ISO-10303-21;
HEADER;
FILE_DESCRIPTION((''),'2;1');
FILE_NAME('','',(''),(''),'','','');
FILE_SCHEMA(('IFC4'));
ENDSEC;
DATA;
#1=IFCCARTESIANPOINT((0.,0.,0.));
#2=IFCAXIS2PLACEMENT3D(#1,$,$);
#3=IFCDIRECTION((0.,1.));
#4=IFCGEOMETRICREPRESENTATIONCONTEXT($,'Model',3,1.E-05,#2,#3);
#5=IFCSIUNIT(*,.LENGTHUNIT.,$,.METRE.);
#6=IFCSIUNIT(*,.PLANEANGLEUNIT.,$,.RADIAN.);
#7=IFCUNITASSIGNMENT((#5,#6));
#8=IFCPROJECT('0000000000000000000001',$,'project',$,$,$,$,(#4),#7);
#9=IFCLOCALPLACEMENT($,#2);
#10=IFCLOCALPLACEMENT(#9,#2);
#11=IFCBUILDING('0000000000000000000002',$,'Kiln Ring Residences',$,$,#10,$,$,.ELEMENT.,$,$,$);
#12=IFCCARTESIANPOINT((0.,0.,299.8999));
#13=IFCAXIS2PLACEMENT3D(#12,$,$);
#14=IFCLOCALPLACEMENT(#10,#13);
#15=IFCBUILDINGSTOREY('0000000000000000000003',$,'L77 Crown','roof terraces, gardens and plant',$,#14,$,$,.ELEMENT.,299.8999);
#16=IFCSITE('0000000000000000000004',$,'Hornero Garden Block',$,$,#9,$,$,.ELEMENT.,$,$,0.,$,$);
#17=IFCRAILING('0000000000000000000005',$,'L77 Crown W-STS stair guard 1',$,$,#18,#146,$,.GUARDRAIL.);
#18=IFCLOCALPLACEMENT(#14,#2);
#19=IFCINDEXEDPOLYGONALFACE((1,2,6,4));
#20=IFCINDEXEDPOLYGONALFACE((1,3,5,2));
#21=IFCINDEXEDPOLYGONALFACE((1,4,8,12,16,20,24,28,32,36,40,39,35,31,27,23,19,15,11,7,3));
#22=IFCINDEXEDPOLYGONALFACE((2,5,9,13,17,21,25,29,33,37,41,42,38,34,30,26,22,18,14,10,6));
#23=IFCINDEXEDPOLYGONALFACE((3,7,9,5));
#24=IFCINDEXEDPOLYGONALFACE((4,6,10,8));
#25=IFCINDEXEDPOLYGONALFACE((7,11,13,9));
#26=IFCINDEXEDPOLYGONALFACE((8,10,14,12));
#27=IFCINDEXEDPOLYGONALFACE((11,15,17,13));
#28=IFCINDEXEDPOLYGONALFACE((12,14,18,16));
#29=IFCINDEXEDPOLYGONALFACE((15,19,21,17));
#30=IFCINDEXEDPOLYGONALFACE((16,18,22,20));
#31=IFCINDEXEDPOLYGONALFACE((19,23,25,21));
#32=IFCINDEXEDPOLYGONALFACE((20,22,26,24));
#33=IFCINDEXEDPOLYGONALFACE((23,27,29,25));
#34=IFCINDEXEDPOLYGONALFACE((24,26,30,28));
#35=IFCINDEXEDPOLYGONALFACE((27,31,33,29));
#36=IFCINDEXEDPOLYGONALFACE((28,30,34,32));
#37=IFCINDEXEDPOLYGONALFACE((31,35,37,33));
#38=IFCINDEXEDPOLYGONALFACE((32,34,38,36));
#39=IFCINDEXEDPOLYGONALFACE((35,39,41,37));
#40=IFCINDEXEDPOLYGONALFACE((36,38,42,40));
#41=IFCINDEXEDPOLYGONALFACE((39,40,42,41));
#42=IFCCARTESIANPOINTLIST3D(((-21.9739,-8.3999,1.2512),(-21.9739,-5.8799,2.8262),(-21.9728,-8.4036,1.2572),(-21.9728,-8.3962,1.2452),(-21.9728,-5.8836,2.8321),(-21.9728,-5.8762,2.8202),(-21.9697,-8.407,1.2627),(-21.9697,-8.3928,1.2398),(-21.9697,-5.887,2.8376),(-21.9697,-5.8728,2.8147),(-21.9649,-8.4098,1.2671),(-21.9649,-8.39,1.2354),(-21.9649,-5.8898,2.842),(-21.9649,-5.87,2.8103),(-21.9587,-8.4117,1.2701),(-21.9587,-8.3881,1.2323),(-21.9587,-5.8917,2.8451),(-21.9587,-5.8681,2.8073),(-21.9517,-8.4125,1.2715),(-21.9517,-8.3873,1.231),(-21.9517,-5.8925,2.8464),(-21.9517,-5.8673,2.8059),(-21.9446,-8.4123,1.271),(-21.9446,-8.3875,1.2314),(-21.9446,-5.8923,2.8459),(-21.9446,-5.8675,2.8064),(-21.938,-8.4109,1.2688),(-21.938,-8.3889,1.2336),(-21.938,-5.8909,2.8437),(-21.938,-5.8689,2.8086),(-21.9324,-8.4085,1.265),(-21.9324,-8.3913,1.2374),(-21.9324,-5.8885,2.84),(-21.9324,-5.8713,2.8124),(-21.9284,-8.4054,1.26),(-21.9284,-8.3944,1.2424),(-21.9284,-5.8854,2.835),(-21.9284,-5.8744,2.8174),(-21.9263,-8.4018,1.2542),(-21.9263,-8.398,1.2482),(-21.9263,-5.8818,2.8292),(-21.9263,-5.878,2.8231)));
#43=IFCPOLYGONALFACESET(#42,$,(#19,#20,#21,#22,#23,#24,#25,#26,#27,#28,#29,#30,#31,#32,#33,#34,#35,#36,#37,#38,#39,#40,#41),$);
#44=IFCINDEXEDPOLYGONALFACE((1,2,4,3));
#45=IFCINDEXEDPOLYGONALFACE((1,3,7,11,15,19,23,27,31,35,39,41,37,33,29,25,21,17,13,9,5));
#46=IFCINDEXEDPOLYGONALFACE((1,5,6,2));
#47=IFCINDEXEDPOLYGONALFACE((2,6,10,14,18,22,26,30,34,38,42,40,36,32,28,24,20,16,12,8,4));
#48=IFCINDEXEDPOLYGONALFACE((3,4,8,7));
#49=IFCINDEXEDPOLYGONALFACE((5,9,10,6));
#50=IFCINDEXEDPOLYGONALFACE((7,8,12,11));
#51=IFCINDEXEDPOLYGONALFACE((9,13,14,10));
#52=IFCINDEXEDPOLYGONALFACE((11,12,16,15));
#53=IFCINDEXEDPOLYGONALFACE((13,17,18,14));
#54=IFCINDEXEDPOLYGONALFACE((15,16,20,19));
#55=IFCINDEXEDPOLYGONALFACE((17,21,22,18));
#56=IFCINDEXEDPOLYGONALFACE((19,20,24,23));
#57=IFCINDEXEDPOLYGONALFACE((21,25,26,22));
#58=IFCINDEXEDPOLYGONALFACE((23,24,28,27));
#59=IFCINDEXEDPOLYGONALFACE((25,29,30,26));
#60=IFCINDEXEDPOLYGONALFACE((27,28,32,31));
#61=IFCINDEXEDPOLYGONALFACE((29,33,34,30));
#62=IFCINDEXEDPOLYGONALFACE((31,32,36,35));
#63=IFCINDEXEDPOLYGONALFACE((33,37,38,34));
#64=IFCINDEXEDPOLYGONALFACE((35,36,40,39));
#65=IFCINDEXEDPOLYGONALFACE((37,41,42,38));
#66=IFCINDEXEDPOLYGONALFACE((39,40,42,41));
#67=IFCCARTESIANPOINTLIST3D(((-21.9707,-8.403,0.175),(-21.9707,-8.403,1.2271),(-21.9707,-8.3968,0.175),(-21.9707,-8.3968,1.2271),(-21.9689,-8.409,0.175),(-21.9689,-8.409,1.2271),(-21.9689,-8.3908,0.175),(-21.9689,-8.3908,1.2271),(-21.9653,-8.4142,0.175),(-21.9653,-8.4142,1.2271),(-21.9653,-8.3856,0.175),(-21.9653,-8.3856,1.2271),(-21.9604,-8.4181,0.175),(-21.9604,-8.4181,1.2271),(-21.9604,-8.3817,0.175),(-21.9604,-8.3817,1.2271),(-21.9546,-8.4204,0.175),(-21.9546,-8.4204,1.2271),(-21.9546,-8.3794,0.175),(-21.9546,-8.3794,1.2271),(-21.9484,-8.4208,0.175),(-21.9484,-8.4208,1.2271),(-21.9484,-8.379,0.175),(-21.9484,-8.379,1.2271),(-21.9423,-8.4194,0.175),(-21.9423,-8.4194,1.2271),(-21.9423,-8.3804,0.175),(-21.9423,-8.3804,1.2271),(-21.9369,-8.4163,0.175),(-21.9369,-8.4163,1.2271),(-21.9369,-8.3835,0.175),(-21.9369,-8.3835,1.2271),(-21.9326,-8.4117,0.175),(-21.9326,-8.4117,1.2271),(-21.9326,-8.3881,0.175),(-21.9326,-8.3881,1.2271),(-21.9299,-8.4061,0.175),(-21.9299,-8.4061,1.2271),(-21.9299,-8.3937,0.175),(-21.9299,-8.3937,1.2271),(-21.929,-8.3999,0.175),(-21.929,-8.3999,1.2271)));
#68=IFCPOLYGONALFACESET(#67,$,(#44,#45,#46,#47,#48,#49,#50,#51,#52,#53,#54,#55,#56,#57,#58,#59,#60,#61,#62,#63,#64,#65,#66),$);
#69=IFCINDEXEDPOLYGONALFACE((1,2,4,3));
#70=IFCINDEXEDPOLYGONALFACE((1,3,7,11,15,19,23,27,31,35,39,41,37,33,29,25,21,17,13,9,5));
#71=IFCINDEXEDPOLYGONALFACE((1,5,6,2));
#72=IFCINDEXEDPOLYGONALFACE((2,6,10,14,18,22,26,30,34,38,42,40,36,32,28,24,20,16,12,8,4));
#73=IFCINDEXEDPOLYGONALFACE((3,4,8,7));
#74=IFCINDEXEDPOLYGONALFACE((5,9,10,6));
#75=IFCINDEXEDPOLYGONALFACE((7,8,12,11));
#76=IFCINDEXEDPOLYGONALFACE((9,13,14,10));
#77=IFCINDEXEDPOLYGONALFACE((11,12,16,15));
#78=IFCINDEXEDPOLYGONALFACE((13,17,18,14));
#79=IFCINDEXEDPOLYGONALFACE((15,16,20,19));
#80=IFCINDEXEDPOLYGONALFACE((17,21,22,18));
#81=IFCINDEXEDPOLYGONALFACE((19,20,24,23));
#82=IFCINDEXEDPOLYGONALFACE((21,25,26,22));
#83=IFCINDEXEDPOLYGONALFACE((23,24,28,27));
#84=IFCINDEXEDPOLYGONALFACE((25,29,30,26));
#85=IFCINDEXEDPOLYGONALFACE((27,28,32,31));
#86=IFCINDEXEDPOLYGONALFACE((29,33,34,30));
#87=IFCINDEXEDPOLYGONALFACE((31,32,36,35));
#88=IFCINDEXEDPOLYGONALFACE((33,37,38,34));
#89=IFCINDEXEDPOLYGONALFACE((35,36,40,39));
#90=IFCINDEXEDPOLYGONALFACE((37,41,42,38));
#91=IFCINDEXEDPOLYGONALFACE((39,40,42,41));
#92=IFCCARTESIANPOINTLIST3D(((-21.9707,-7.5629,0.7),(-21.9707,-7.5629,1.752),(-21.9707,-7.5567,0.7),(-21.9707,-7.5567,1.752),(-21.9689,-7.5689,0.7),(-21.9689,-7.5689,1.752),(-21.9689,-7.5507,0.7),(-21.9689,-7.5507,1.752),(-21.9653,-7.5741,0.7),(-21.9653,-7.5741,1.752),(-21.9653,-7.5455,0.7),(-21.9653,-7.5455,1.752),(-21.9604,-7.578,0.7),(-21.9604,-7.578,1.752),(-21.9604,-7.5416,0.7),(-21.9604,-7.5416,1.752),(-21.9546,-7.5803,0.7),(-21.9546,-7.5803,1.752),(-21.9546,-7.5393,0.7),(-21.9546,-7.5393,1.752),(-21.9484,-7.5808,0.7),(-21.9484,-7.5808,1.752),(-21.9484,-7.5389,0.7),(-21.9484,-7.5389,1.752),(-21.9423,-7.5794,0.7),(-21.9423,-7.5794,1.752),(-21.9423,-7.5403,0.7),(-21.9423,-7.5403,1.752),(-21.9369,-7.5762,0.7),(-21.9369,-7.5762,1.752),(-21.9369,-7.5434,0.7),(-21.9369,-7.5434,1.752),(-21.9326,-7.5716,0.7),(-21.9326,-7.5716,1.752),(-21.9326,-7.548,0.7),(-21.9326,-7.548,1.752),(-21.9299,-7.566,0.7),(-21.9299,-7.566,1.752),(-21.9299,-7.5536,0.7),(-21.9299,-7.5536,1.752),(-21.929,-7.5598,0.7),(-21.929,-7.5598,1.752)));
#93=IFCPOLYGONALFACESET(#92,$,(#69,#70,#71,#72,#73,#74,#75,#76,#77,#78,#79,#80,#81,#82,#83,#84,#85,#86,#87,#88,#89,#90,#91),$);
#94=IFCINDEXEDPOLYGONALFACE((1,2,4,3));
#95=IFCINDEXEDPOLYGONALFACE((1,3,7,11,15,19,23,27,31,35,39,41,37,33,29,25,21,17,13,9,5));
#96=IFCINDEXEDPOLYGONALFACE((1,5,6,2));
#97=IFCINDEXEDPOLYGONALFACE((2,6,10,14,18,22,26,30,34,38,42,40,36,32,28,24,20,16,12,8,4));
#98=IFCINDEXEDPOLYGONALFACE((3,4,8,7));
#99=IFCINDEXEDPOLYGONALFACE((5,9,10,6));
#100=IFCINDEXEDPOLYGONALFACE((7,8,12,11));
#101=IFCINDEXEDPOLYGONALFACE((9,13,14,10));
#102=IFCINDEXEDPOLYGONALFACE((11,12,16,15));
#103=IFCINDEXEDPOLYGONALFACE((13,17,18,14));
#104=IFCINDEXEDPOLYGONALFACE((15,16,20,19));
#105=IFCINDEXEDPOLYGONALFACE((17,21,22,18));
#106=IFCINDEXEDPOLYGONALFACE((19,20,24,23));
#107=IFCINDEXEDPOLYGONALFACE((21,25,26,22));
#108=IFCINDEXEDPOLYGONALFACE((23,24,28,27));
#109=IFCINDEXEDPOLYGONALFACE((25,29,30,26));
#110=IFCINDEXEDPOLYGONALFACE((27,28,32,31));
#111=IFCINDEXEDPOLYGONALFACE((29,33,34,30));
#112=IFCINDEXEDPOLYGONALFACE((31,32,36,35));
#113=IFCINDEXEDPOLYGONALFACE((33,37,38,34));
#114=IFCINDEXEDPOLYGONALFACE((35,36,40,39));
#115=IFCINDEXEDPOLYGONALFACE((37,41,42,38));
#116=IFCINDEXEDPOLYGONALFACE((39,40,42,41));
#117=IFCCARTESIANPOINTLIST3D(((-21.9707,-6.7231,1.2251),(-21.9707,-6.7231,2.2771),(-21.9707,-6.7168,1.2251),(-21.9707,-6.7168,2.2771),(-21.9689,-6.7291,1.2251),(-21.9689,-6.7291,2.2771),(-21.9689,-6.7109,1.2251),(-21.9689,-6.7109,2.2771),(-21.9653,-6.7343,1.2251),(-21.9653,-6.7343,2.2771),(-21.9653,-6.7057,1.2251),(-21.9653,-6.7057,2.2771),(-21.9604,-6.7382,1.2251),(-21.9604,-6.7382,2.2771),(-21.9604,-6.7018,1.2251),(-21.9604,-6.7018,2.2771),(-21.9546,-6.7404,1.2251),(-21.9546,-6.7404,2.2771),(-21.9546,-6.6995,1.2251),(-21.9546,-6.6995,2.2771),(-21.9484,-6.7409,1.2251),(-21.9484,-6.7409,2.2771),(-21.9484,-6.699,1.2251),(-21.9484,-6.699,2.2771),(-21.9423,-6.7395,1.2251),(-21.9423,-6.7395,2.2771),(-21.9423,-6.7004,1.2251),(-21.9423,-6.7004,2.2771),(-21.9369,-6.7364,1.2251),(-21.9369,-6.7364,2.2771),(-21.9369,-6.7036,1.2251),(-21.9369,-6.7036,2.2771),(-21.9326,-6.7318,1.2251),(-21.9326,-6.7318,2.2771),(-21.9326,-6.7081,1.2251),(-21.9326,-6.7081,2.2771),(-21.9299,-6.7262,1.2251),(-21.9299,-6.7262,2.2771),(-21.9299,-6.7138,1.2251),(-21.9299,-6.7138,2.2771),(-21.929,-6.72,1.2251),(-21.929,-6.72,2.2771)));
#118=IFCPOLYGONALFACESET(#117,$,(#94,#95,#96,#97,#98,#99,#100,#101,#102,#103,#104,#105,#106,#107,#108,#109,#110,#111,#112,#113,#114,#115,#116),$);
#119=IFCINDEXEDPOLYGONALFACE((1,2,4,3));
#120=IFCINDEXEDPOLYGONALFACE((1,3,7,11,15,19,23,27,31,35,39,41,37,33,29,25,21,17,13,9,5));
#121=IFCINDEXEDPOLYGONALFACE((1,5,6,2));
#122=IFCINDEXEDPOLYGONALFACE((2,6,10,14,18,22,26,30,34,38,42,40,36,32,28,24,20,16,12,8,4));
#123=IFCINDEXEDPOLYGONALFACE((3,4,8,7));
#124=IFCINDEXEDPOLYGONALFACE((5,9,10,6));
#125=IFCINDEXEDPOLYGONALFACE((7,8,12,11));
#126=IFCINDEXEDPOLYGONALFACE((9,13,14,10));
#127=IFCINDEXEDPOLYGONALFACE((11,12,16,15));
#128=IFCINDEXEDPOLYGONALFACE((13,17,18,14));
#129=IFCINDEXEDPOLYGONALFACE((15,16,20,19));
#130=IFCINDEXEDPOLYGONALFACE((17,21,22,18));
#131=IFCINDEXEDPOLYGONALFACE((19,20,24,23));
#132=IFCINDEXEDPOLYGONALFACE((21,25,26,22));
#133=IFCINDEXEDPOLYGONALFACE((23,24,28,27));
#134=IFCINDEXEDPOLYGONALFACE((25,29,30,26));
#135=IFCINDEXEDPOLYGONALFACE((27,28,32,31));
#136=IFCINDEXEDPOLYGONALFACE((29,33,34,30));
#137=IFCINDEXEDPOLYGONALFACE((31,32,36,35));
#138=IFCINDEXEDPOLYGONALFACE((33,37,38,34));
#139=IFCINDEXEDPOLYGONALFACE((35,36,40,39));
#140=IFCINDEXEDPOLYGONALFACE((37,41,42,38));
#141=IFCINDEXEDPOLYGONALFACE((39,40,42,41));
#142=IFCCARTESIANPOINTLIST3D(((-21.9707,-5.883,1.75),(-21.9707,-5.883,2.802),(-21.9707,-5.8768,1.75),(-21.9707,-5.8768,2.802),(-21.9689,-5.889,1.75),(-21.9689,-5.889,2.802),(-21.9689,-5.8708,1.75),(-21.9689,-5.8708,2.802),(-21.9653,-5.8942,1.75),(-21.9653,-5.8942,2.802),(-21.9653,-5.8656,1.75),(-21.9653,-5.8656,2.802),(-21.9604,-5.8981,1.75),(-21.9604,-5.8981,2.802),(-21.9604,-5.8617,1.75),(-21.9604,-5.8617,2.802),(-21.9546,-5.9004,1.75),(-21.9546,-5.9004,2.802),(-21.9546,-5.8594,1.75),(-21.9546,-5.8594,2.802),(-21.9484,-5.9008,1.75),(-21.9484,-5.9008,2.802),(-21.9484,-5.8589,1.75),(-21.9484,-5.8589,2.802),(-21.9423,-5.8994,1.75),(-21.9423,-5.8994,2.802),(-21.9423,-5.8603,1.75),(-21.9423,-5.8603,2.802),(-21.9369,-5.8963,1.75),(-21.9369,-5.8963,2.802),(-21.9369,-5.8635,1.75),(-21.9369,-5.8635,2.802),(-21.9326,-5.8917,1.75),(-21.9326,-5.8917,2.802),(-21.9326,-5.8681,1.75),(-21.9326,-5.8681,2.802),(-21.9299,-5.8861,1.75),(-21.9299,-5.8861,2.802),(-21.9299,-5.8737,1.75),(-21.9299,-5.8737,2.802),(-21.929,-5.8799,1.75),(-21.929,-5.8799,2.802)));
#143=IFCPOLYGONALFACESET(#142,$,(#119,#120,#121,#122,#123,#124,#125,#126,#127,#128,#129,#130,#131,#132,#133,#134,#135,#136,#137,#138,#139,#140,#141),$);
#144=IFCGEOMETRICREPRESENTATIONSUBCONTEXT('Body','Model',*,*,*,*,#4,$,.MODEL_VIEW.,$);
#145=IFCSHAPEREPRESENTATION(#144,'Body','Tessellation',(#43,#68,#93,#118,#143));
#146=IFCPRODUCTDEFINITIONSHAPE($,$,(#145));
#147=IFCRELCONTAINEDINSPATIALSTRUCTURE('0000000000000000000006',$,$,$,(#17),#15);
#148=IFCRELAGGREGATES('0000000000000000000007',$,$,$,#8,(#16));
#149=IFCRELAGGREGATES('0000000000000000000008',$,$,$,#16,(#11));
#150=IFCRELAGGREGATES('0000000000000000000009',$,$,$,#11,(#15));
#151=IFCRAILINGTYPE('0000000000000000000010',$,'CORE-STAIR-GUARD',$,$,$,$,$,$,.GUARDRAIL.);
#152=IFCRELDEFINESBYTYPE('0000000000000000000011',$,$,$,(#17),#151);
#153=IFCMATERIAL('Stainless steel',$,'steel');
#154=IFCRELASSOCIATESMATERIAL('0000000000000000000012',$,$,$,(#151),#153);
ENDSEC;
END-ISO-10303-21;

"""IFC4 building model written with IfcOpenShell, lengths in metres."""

from ifc_helpers import new_model, si_unit, direction, frame, origin, origin_2d, place, context, subcontext, project, spatial, circle, extrude, material, type_object, element, save


model = new_model("IFC4")

# Units and contexts
model_context = context("Model", 3, precision=1e-05, world=origin(), true_north=direction((0.0, 1.0)))
body_context = subcontext(model_context, "Body", "Model", "MODEL_VIEW")
ifc_project = project(units=[si_unit("LENGTHUNIT", "METRE"), si_unit("PLANEANGLEUNIT", "RADIAN")], contexts=[model_context])

# Site, building, storey
site_placement = place(None, origin())
site = spatial("IfcSite", under=ifc_project, at=site_placement, Name="Hornero Garden Block", CompositionType="ELEMENT", RefElevation=0.0)
building_placement = place(site_placement, origin())
building = spatial("IfcBuilding", under=site, at=building_placement, Name="Kiln Ring Residences", CompositionType="ELEMENT")
storey_placement = place(building_placement, frame((0.0, 0.0, 299.8999)))
storey = spatial("IfcBuildingStorey", under=building, at=storey_placement, Name="L77 Crown", Description="roof terraces, gardens and plant", CompositionType="ELEMENT", Elevation=299.8999)

# Railing
ifc_material_1 = material(Name="Stainless steel", Category="steel")
railing_type_1 = type_object("IfcRailingType", Name="CORE-STAIR-GUARD", PredefinedType="GUARDRAIL", material=ifc_material_1)
railing_1_placement = place(storey_placement, frame((-21.95, -8.3999, 0.175)))
element("IfcRailing", 1, at=railing_1_placement, inside=storey, type_object=railing_type_1, Name="L77 Crown W-STS stair guard 1", PredefinedType="GUARDRAIL", context=body_context, shape_type="SweptSolid", body=[
    extrude(circle(Radius=0.0239, at=origin_2d()), frame((0.0, 0.0, 1.0762), z_axis=(0.0, 0.848008, 0.529984), x_axis=(-1.0, 0.0, 0.0)), (0.0, 0.0, 1.0), 2.9717),
    extrude(circle(Radius=0.021, at=origin_2d()), origin(), (0.0, 0.0, 1.0), 1.052),
    extrude(circle(Radius=0.021, at=origin_2d()), frame((0.0, 0.8401, 0.5249)), (0.0, 0.0, 1.0), 1.052),
    extrude(circle(Radius=0.021, at=origin_2d()), frame((0.0, 1.6799, 1.05)), (0.0, 0.0, 1.0), 1.052),
    extrude(circle(Radius=0.021, at=origin_2d()), frame((0.0, 2.52, 1.575)), (0.0, 0.0, 1.0), 1.052),
])

save(model, "model.ifc")
